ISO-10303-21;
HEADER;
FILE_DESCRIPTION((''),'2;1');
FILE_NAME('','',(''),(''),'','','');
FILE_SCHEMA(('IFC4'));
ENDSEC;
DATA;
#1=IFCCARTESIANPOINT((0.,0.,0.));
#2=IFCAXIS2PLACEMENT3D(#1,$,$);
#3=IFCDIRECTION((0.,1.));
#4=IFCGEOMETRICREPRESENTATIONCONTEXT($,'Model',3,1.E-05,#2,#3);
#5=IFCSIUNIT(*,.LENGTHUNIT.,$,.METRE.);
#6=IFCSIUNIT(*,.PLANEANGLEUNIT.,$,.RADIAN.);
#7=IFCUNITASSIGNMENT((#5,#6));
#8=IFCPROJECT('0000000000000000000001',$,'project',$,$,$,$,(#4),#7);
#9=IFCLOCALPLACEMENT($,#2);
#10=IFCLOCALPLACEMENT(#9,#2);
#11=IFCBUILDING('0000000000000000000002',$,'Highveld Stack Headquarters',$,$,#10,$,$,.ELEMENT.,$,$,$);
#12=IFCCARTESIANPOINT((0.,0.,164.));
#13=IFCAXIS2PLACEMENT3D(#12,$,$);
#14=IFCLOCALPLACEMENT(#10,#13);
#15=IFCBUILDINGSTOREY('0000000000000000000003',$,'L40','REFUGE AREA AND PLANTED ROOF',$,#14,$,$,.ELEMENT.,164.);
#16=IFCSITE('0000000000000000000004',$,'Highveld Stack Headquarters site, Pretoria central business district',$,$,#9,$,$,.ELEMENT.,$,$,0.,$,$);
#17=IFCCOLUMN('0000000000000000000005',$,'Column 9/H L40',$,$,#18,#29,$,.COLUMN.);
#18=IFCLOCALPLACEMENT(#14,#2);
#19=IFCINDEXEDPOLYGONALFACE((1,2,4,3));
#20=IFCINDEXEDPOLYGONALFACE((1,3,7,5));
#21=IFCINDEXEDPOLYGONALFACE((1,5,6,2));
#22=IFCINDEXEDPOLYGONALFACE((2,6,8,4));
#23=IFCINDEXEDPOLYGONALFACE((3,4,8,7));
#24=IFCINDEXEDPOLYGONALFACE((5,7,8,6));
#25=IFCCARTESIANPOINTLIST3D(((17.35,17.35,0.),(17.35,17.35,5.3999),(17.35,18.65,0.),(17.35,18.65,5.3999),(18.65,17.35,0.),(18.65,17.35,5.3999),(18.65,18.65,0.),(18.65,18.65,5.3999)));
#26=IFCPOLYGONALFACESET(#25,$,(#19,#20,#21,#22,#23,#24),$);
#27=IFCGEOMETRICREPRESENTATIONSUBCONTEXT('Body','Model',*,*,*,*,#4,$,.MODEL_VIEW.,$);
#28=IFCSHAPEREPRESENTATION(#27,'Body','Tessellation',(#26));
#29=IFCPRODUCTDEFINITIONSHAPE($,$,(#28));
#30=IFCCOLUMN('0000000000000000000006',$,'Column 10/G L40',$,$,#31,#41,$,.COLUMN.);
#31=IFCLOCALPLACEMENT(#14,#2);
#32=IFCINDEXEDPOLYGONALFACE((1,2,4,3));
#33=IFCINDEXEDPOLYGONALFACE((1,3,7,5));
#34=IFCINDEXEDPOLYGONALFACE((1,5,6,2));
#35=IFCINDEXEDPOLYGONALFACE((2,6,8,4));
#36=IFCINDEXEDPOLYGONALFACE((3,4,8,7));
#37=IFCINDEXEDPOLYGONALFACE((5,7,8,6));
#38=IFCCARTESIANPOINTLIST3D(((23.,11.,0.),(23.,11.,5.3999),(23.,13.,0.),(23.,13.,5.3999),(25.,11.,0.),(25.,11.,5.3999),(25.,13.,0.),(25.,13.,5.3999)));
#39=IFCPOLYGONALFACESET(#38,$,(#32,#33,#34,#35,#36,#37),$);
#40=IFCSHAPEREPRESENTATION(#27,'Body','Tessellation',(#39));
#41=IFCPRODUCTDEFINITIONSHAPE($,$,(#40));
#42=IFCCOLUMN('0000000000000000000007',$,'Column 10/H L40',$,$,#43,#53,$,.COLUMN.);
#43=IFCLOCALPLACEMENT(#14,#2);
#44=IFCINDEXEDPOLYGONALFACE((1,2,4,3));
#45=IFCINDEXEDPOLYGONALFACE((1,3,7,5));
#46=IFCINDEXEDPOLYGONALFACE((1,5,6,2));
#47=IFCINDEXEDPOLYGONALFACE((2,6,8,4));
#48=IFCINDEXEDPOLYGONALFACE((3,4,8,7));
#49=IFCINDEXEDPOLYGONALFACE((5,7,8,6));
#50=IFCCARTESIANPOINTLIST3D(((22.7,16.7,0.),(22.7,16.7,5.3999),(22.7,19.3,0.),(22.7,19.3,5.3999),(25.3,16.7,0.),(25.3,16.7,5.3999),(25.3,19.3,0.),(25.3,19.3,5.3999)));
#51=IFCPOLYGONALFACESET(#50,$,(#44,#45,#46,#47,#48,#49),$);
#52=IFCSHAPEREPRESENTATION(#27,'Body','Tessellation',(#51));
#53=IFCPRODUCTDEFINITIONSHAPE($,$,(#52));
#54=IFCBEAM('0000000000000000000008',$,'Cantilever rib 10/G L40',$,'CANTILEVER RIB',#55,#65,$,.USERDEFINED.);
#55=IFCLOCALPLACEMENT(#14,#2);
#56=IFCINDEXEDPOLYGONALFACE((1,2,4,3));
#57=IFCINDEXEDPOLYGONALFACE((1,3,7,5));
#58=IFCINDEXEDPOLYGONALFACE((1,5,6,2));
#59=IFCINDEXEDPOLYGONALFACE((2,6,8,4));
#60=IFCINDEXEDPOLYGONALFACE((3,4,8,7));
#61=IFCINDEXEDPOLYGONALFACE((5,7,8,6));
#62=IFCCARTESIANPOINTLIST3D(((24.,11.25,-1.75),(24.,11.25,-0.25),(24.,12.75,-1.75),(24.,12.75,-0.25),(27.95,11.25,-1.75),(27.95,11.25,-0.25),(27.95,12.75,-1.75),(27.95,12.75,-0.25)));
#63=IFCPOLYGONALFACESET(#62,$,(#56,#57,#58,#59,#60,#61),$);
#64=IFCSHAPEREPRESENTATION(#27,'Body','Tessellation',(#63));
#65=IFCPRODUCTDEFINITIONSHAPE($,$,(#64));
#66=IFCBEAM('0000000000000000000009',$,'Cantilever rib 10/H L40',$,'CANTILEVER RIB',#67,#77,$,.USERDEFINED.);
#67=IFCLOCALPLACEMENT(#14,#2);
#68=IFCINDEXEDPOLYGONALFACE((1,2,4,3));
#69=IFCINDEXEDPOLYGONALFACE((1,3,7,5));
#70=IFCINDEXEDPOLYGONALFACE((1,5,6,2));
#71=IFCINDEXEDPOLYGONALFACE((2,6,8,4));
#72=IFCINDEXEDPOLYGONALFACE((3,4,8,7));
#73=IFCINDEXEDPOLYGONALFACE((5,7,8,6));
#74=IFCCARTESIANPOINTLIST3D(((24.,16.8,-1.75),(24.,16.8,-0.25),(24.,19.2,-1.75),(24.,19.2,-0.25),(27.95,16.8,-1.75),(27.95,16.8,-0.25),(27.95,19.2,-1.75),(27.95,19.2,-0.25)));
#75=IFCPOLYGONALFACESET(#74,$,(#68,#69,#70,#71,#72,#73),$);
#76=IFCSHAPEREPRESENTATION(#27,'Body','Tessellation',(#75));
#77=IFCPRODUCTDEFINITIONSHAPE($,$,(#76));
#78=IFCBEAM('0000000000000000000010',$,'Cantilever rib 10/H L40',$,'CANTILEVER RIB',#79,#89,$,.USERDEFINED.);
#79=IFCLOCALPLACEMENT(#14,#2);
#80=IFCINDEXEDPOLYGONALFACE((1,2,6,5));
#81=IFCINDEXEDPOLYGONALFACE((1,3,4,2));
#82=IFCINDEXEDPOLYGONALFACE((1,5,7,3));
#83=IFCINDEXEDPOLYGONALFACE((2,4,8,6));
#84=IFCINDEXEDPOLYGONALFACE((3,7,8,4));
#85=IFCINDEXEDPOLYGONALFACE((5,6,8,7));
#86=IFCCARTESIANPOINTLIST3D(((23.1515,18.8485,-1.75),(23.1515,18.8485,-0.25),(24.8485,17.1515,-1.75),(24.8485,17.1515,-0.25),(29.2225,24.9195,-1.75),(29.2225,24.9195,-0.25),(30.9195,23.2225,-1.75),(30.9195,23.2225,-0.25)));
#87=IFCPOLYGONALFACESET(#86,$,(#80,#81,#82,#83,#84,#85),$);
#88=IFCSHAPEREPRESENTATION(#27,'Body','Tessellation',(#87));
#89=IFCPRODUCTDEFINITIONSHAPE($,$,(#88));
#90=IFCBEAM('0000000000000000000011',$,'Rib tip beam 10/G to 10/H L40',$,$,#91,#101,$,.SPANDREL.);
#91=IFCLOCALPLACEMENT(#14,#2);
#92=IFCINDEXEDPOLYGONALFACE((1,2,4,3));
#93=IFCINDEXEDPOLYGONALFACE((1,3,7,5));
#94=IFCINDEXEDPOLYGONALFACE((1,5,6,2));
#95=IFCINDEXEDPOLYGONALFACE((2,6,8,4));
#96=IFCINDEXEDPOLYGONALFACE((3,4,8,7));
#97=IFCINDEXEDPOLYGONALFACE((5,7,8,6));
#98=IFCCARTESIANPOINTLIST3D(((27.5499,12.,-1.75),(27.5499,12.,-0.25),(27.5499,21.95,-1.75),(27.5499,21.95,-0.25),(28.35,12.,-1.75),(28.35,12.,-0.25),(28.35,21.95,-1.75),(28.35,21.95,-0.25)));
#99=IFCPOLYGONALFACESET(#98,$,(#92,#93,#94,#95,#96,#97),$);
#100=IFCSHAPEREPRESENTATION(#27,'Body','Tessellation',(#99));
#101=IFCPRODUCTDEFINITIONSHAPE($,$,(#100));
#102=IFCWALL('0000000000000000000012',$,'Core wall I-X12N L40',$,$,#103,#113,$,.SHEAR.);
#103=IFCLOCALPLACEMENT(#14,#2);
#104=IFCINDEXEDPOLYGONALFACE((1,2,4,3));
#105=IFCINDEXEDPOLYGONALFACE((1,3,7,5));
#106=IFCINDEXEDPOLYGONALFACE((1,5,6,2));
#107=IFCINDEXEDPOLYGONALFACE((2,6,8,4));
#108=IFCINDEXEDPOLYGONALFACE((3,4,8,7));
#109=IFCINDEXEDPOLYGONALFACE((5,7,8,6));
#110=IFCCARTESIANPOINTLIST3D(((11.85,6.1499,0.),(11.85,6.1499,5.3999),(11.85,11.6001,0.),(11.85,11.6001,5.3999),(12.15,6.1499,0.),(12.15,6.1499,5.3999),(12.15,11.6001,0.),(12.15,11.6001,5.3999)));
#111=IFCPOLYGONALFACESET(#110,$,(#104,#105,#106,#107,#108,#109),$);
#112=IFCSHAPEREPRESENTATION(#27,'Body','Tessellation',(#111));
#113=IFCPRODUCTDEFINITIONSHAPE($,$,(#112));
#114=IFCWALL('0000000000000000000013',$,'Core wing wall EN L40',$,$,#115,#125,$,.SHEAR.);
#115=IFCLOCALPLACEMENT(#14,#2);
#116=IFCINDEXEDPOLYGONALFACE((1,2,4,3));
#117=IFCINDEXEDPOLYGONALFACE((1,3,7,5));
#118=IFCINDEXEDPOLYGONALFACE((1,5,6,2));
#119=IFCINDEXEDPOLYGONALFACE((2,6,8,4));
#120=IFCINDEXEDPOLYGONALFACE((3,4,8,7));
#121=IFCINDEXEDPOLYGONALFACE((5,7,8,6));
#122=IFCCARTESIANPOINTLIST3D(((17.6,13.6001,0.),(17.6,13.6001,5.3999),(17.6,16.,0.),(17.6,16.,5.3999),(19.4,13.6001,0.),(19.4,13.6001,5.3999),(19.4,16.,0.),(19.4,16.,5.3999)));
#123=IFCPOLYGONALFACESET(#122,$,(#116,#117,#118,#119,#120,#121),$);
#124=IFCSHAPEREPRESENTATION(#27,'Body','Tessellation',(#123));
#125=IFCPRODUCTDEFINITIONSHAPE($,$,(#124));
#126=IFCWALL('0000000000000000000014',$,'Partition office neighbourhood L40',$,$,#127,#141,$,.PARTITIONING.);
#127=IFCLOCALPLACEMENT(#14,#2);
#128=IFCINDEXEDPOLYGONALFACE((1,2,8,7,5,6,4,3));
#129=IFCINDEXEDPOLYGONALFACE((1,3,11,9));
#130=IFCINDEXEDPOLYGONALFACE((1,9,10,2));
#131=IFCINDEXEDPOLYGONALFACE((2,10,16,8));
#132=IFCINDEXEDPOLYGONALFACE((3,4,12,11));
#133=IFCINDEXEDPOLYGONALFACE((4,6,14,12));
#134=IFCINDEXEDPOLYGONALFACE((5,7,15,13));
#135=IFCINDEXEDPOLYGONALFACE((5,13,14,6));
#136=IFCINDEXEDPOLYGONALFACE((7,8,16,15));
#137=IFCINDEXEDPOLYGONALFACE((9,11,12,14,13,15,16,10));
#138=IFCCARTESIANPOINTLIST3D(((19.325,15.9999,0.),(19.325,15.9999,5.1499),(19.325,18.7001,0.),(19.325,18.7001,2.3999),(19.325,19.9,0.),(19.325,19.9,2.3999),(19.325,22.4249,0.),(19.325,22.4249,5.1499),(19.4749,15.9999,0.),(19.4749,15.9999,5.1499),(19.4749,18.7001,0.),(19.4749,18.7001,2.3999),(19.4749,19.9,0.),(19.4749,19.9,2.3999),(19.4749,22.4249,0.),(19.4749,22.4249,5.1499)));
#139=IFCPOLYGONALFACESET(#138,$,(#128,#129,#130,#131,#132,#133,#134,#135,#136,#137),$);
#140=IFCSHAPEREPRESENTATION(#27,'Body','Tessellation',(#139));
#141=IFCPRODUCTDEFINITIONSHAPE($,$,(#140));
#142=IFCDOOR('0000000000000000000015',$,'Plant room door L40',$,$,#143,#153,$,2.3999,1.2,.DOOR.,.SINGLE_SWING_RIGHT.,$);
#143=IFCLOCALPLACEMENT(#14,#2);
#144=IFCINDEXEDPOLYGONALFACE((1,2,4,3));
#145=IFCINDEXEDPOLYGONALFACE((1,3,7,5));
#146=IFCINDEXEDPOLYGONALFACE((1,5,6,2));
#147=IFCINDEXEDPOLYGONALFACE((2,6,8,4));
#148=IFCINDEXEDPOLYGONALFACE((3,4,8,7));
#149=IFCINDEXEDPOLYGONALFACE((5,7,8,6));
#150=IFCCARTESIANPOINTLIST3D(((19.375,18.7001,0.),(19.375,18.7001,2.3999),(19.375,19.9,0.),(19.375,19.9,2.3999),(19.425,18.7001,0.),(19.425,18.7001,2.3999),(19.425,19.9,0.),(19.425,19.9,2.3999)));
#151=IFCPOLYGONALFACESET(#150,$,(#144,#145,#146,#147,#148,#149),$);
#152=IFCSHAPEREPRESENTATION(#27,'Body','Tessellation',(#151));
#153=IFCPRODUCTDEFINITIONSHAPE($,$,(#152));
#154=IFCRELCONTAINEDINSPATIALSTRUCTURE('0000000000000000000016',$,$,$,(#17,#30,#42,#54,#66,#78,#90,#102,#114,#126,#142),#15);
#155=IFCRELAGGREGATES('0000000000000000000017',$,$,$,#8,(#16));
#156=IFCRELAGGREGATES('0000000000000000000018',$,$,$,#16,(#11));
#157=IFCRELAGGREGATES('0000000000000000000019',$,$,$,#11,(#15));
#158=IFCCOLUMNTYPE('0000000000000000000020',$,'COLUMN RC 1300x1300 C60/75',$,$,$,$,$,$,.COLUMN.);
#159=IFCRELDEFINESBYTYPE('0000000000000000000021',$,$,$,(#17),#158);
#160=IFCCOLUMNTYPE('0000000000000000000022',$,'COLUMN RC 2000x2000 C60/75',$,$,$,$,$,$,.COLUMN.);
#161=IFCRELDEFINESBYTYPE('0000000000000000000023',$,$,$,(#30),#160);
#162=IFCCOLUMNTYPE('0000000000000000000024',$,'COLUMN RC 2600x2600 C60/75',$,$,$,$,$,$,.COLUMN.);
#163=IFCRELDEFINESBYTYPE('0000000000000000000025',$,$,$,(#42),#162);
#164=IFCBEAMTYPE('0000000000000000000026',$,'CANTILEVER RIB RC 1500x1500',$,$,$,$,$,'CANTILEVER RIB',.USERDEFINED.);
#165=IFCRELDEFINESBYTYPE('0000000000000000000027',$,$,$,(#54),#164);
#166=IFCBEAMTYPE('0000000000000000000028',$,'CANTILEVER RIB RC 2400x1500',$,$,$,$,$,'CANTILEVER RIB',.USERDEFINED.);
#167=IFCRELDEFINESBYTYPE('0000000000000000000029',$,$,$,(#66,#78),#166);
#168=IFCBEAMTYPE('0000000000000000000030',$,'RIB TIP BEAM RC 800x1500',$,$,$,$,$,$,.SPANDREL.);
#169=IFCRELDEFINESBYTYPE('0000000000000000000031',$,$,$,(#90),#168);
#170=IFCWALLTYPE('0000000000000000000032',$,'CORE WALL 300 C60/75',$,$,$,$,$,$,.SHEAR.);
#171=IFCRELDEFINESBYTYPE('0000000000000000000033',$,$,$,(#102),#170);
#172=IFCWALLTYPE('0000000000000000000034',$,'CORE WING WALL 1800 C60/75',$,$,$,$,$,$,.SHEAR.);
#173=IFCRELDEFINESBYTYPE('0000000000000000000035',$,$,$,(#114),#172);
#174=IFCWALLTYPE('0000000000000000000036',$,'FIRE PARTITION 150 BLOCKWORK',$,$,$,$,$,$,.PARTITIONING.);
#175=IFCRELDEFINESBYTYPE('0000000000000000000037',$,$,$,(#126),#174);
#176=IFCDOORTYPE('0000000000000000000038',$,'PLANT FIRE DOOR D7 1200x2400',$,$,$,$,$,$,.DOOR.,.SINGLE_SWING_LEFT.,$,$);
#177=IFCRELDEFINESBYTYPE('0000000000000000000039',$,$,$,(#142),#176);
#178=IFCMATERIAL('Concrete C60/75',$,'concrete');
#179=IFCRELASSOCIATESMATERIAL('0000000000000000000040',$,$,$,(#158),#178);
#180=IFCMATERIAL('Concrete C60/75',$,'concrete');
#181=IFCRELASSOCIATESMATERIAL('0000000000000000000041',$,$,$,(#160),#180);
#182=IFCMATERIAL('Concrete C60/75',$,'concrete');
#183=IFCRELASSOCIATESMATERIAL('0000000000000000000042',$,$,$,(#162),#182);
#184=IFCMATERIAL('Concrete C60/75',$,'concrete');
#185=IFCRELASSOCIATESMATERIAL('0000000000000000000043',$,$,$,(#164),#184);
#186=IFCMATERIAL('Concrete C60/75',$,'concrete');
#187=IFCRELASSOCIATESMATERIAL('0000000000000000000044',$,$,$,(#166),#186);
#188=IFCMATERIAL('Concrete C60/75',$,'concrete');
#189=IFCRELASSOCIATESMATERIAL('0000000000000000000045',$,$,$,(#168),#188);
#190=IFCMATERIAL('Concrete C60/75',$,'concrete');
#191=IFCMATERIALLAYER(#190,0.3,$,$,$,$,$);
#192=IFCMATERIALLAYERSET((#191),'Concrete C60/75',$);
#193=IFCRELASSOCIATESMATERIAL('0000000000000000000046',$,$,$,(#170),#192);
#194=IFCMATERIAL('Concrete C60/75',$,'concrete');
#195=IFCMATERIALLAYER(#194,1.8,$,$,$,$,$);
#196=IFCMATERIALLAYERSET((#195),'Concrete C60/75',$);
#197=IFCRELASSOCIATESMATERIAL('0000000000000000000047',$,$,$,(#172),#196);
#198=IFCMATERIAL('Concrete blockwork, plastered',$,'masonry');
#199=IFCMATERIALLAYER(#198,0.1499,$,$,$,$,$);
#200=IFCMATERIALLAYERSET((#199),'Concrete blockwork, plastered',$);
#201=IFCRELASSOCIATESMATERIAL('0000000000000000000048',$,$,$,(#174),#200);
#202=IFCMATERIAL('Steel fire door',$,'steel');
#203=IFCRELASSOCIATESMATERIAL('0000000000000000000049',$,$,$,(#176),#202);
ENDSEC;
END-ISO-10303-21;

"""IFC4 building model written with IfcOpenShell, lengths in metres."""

from ifc_helpers import new_model, si_unit, direction, frame, frame_2d, origin, origin_2d, place, context, subcontext, project, spatial, rectangle, extrude, material, layer, layer_set, material_profile, profile_set, type_object, element, fill, save


model = new_model("IFC4")

# Units and contexts
model_context = context("Model", 3, precision=1e-05, world=origin(), true_north=direction((0.0, 1.0)))
body_context = subcontext(model_context, "Body", "Model", "MODEL_VIEW")
ifc_project = project(units=[si_unit("LENGTHUNIT", "METRE"), si_unit("PLANEANGLEUNIT", "RADIAN")], contexts=[model_context])

# Site, building, storey
site_placement = place(None, origin())
site = spatial("IfcSite", under=ifc_project, at=site_placement, Name="Highveld Stack Headquarters site, Pretoria central business district", CompositionType="ELEMENT", RefElevation=0.0)
building_placement = place(site_placement, origin())
building = spatial("IfcBuilding", under=site, at=building_placement, Name="Highveld Stack Headquarters", CompositionType="ELEMENT")
storey_placement = place(building_placement, frame((0.0, 0.0, 164.0)))
storey = spatial("IfcBuildingStorey", under=building, at=storey_placement, Name="L40", Description="REFUGE AREA AND PLANTED ROOF", CompositionType="ELEMENT", Elevation=164.0)

# Columns
ifc_material_1 = material(Name="Concrete C60/75", Category="concrete")
ifc_material_profile_1 = material_profile(ifc_material_1, rectangle(XDim=1.3, YDim=1.3, at=origin_2d()), Name="RC 1300x1300")
ifc_profile_set_1 = profile_set([ifc_material_profile_1], Name="Concrete C60/75")
column_type_1 = type_object("IfcColumnType", Name="COLUMN RC 1300x1300 C60/75", PredefinedType="COLUMN", material=ifc_profile_set_1)
column_1_placement = place(storey_placement, frame((18.0, 18.0, 0.0), z_axis=(0.0, 0.0, 1.0), x_axis=(1.0, 0.0, 0.0)))
element("IfcColumn", 1, at=column_1_placement, inside=storey, type_object=column_type_1, Name="Column 9/H L40", PredefinedType="COLUMN", context=body_context, shape_type="SweptSolid", body=[
    extrude(rectangle(XDim=1.3, YDim=1.3, at=origin_2d()), origin(), (0.0, 0.0, 1.0), 5.3999),
])
ifc_material_2 = material(Name="Concrete C60/75", Category="concrete")
ifc_material_profile_2 = material_profile(ifc_material_2, rectangle(XDim=2.0, YDim=2.0, at=origin_2d()), Name="RC 2000x2000")
ifc_profile_set_2 = profile_set([ifc_material_profile_2], Name="Concrete C60/75")
column_type_2 = type_object("IfcColumnType", Name="COLUMN RC 2000x2000 C60/75", PredefinedType="COLUMN", material=ifc_profile_set_2)
column_2_placement = place(storey_placement, frame((24.0, 12.0, 0.0), z_axis=(0.0, 0.0, 1.0), x_axis=(1.0, 0.0, 0.0)))
element("IfcColumn", 2, at=column_2_placement, inside=storey, type_object=column_type_2, Name="Column 10/G L40", PredefinedType="COLUMN", context=body_context, shape_type="SweptSolid", body=[
    extrude(rectangle(XDim=2.0, YDim=2.0, at=origin_2d()), origin(), (0.0, 0.0, 1.0), 5.3999),
])
ifc_material_3 = material(Name="Concrete C60/75", Category="concrete")
ifc_material_profile_3 = material_profile(ifc_material_3, rectangle(XDim=2.6001, YDim=2.6001, at=origin_2d()), Name="RC 2600x2600")
ifc_profile_set_3 = profile_set([ifc_material_profile_3], Name="Concrete C60/75")
column_type_3 = type_object("IfcColumnType", Name="COLUMN RC 2600x2600 C60/75", PredefinedType="COLUMN", material=ifc_profile_set_3)
column_3_placement = place(storey_placement, frame((24.0, 18.0, 0.0), z_axis=(0.0, 0.0, 1.0), x_axis=(1.0, 0.0, 0.0)))
element("IfcColumn", 3, at=column_3_placement, inside=storey, type_object=column_type_3, Name="Column 10/H L40", PredefinedType="COLUMN", context=body_context, shape_type="SweptSolid", body=[
    extrude(rectangle(XDim=2.6001, YDim=2.6001, at=origin_2d()), origin(), (0.0, 0.0, 1.0), 5.3999),
])

# Beams
ifc_material_4 = material(Name="Concrete C60/75", Category="concrete")
ifc_material_profile_4 = material_profile(ifc_material_4, rectangle(XDim=1.5, YDim=1.5, at=origin_2d()), Name="RC 1500x1500")
ifc_profile_set_4 = profile_set([ifc_material_profile_4], Name="Concrete C60/75")
beam_type_1 = type_object("IfcBeamType", Name="CANTILEVER RIB RC 1500x1500", ElementType="CANTILEVER RIB", PredefinedType="USERDEFINED", material=ifc_profile_set_4)
beam_1_placement = place(storey_placement, frame((24.0, 12.0, -1.0), z_axis=(1.0, 0.0, 0.0), x_axis=(0.0, 1.0, 0.0)))
element("IfcBeam", 4, at=beam_1_placement, inside=storey, type_object=beam_type_1, Name="Cantilever rib 10/G L40", ObjectType="CANTILEVER RIB", PredefinedType="USERDEFINED", context=body_context, shape_type="SweptSolid", body=[
    extrude(rectangle(XDim=1.5, YDim=1.5, at=origin_2d()), origin(), (0.0, 0.0, 1.0), 3.95),
])
ifc_material_5 = material(Name="Concrete C60/75", Category="concrete")
ifc_material_profile_5 = material_profile(ifc_material_5, rectangle(XDim=2.3999, YDim=1.5, at=origin_2d()), Name="RC 2400x1500")
ifc_profile_set_5 = profile_set([ifc_material_profile_5], Name="Concrete C60/75")
beam_type_2 = type_object("IfcBeamType", Name="CANTILEVER RIB RC 2400x1500", ElementType="CANTILEVER RIB", PredefinedType="USERDEFINED", material=ifc_profile_set_5)
beam_2_placement = place(storey_placement, frame((24.0, 18.0, -1.0), z_axis=(1.0, 0.0, 0.0), x_axis=(0.0, 1.0, 0.0)))
element("IfcBeam", 5, at=beam_2_placement, inside=storey, type_object=beam_type_2, Name="Cantilever rib 10/H L40", ObjectType="CANTILEVER RIB", PredefinedType="USERDEFINED", context=body_context, shape_type="SweptSolid", body=[
    extrude(rectangle(XDim=2.3999, YDim=1.5, at=origin_2d()), origin(), (0.0, 0.0, 1.0), 3.95),
])
beam_3_placement = place(storey_placement, frame((24.0, 18.0, -1.0), z_axis=(0.707107, 0.707107, 0.0), x_axis=(-0.707107, 0.707107, 0.0)))
element("IfcBeam", 6, at=beam_3_placement, inside=storey, type_object=beam_type_2, Name="Cantilever rib 10/H L40", ObjectType="CANTILEVER RIB", PredefinedType="USERDEFINED", context=body_context, shape_type="SweptSolid", body=[
    extrude(rectangle(XDim=2.3999, YDim=1.5, at=origin_2d()), origin(), (0.0, 0.0, 1.0), 8.5857),
])
ifc_material_6 = material(Name="Concrete C60/75", Category="concrete")
ifc_material_profile_6 = material_profile(ifc_material_6, rectangle(XDim=0.8, YDim=1.5, at=origin_2d()), Name="RC 800x1500")
ifc_profile_set_6 = profile_set([ifc_material_profile_6], Name="Concrete C60/75")
beam_type_3 = type_object("IfcBeamType", Name="RIB TIP BEAM RC 800x1500", PredefinedType="SPANDREL", material=ifc_profile_set_6)
beam_4_placement = place(storey_placement, frame((27.95, 12.0, -1.0), z_axis=(0.0, 1.0, 0.0), x_axis=(-1.0, 0.0, 0.0)))
element("IfcBeam", 7, at=beam_4_placement, inside=storey, type_object=beam_type_3, Name="Rib tip beam 10/G to 10/H L40", PredefinedType="SPANDREL", context=body_context, shape_type="SweptSolid", body=[
    extrude(rectangle(XDim=0.8, YDim=1.5, at=origin_2d()), origin(), (0.0, 0.0, 1.0), 9.95),
])

# Walls
ifc_material_7 = material(Name="Concrete C60/75", Category="concrete")
ifc_layer_1 = layer(ifc_material_7, 0.3)
ifc_layer_set_1 = layer_set([ifc_layer_1], Name="Concrete C60/75")
wall_type_1 = type_object("IfcWallType", Name="CORE WALL 300 C60/75", PredefinedType="SHEAR", material=ifc_layer_set_1)
wall_1_placement = place(storey_placement, frame((12.0, 6.1499, 0.0), z_axis=(0.0, 0.0, 1.0), x_axis=(0.0, 1.0, 0.0)))
element("IfcWall", 8, at=wall_1_placement, inside=storey, type_object=wall_type_1, Name="Core wall I-X12N L40", PredefinedType="SHEAR", context=body_context, shape_type="SweptSolid", body=[
    extrude(rectangle(XDim=5.4502, YDim=0.3, at=frame_2d((2.7251, 0.0))), origin(), (0.0, 0.0, 1.0), 5.3999),
])
ifc_material_8 = material(Name="Concrete C60/75", Category="concrete")
ifc_layer_2 = layer(ifc_material_8, 1.8)
ifc_layer_set_2 = layer_set([ifc_layer_2], Name="Concrete C60/75")
wall_type_2 = type_object("IfcWallType", Name="CORE WING WALL 1800 C60/75", PredefinedType="SHEAR", material=ifc_layer_set_2)
wall_2_placement = place(storey_placement, frame((18.5, 13.6001, 0.0), z_axis=(0.0, 0.0, 1.0), x_axis=(0.0, 1.0, 0.0)))
element("IfcWall", 9, at=wall_2_placement, inside=storey, type_object=wall_type_2, Name="Core wing wall EN L40", PredefinedType="SHEAR", context=body_context, shape_type="SweptSolid", body=[
    extrude(rectangle(XDim=2.3999, YDim=1.8, at=frame_2d((1.2, 0.0))), origin(), (0.0, 0.0, 1.0), 5.3999),
])

# Wall, opening, door
ifc_material_9 = material(Name="Concrete blockwork, plastered", Category="masonry")
ifc_layer_3 = layer(ifc_material_9, 0.1499)
ifc_layer_set_3 = layer_set([ifc_layer_3], Name="Concrete blockwork, plastered")
wall_type_3 = type_object("IfcWallType", Name="FIRE PARTITION 150 BLOCKWORK", PredefinedType="PARTITIONING", material=ifc_layer_set_3)
wall_3_placement = place(storey_placement, frame((19.3999, 16.0, 0.0), z_axis=(0.0, 0.0, 1.0), x_axis=(0.0, 1.0, 0.0)))
wall_3 = element("IfcWall", 10, at=wall_3_placement, inside=storey, type_object=wall_type_3, Name="Partition office neighbourhood L40", PredefinedType="PARTITIONING", context=body_context, shape_type="SweptSolid", body=[
    extrude(rectangle(XDim=6.425, YDim=0.1499, at=frame_2d((3.2124, 0.0))), origin(), (0.0, 0.0, 1.0), 5.1499),
])
opening_1_placement = place(wall_3_placement, frame((2.7, 0.0, 0.0)))
opening_1 = element("IfcOpeningElement", 11, at=opening_1_placement, cuts=wall_3, PredefinedType="OPENING", context=body_context, shape_type="SweptSolid", body=[
    extrude(rectangle(XDim=1.2, YDim=2.3999, at=frame_2d((0.6001, 1.2))), frame((0.0, 0.085, 0.0), z_axis=(0.0, -1.0, 0.0), x_axis=(1.0, 0.0, 0.0)), (0.0, 0.0, 1.0), 0.1699),
])
ifc_material_10 = material(Name="Steel fire door", Category="steel")
door_type = type_object("IfcDoorType", Name="PLANT FIRE DOOR D7 1200x2400", OperationType="SINGLE_SWING_LEFT", PredefinedType="DOOR", material=ifc_material_10)
door_1_placement = place(opening_1_placement, origin())
door_1 = element("IfcDoor", 12, at=door_1_placement, inside=storey, type_object=door_type, Name="Plant room door L40", OperationType="SINGLE_SWING_RIGHT", OverallHeight=2.3999, OverallWidth=1.2, PredefinedType="DOOR", context=body_context, shape_type="SweptSolid", body=[
    extrude(rectangle(XDim=1.2, YDim=2.3999, at=frame_2d((0.6001, 1.2))), frame((0.0, 0.0249, 0.0), z_axis=(0.0, -1.0, 0.0), x_axis=(1.0, 0.0, 0.0)), (0.0, 0.0, 1.0), 0.05),
])
fill(opening_1, door_1)

save(model, "model.ifc")
